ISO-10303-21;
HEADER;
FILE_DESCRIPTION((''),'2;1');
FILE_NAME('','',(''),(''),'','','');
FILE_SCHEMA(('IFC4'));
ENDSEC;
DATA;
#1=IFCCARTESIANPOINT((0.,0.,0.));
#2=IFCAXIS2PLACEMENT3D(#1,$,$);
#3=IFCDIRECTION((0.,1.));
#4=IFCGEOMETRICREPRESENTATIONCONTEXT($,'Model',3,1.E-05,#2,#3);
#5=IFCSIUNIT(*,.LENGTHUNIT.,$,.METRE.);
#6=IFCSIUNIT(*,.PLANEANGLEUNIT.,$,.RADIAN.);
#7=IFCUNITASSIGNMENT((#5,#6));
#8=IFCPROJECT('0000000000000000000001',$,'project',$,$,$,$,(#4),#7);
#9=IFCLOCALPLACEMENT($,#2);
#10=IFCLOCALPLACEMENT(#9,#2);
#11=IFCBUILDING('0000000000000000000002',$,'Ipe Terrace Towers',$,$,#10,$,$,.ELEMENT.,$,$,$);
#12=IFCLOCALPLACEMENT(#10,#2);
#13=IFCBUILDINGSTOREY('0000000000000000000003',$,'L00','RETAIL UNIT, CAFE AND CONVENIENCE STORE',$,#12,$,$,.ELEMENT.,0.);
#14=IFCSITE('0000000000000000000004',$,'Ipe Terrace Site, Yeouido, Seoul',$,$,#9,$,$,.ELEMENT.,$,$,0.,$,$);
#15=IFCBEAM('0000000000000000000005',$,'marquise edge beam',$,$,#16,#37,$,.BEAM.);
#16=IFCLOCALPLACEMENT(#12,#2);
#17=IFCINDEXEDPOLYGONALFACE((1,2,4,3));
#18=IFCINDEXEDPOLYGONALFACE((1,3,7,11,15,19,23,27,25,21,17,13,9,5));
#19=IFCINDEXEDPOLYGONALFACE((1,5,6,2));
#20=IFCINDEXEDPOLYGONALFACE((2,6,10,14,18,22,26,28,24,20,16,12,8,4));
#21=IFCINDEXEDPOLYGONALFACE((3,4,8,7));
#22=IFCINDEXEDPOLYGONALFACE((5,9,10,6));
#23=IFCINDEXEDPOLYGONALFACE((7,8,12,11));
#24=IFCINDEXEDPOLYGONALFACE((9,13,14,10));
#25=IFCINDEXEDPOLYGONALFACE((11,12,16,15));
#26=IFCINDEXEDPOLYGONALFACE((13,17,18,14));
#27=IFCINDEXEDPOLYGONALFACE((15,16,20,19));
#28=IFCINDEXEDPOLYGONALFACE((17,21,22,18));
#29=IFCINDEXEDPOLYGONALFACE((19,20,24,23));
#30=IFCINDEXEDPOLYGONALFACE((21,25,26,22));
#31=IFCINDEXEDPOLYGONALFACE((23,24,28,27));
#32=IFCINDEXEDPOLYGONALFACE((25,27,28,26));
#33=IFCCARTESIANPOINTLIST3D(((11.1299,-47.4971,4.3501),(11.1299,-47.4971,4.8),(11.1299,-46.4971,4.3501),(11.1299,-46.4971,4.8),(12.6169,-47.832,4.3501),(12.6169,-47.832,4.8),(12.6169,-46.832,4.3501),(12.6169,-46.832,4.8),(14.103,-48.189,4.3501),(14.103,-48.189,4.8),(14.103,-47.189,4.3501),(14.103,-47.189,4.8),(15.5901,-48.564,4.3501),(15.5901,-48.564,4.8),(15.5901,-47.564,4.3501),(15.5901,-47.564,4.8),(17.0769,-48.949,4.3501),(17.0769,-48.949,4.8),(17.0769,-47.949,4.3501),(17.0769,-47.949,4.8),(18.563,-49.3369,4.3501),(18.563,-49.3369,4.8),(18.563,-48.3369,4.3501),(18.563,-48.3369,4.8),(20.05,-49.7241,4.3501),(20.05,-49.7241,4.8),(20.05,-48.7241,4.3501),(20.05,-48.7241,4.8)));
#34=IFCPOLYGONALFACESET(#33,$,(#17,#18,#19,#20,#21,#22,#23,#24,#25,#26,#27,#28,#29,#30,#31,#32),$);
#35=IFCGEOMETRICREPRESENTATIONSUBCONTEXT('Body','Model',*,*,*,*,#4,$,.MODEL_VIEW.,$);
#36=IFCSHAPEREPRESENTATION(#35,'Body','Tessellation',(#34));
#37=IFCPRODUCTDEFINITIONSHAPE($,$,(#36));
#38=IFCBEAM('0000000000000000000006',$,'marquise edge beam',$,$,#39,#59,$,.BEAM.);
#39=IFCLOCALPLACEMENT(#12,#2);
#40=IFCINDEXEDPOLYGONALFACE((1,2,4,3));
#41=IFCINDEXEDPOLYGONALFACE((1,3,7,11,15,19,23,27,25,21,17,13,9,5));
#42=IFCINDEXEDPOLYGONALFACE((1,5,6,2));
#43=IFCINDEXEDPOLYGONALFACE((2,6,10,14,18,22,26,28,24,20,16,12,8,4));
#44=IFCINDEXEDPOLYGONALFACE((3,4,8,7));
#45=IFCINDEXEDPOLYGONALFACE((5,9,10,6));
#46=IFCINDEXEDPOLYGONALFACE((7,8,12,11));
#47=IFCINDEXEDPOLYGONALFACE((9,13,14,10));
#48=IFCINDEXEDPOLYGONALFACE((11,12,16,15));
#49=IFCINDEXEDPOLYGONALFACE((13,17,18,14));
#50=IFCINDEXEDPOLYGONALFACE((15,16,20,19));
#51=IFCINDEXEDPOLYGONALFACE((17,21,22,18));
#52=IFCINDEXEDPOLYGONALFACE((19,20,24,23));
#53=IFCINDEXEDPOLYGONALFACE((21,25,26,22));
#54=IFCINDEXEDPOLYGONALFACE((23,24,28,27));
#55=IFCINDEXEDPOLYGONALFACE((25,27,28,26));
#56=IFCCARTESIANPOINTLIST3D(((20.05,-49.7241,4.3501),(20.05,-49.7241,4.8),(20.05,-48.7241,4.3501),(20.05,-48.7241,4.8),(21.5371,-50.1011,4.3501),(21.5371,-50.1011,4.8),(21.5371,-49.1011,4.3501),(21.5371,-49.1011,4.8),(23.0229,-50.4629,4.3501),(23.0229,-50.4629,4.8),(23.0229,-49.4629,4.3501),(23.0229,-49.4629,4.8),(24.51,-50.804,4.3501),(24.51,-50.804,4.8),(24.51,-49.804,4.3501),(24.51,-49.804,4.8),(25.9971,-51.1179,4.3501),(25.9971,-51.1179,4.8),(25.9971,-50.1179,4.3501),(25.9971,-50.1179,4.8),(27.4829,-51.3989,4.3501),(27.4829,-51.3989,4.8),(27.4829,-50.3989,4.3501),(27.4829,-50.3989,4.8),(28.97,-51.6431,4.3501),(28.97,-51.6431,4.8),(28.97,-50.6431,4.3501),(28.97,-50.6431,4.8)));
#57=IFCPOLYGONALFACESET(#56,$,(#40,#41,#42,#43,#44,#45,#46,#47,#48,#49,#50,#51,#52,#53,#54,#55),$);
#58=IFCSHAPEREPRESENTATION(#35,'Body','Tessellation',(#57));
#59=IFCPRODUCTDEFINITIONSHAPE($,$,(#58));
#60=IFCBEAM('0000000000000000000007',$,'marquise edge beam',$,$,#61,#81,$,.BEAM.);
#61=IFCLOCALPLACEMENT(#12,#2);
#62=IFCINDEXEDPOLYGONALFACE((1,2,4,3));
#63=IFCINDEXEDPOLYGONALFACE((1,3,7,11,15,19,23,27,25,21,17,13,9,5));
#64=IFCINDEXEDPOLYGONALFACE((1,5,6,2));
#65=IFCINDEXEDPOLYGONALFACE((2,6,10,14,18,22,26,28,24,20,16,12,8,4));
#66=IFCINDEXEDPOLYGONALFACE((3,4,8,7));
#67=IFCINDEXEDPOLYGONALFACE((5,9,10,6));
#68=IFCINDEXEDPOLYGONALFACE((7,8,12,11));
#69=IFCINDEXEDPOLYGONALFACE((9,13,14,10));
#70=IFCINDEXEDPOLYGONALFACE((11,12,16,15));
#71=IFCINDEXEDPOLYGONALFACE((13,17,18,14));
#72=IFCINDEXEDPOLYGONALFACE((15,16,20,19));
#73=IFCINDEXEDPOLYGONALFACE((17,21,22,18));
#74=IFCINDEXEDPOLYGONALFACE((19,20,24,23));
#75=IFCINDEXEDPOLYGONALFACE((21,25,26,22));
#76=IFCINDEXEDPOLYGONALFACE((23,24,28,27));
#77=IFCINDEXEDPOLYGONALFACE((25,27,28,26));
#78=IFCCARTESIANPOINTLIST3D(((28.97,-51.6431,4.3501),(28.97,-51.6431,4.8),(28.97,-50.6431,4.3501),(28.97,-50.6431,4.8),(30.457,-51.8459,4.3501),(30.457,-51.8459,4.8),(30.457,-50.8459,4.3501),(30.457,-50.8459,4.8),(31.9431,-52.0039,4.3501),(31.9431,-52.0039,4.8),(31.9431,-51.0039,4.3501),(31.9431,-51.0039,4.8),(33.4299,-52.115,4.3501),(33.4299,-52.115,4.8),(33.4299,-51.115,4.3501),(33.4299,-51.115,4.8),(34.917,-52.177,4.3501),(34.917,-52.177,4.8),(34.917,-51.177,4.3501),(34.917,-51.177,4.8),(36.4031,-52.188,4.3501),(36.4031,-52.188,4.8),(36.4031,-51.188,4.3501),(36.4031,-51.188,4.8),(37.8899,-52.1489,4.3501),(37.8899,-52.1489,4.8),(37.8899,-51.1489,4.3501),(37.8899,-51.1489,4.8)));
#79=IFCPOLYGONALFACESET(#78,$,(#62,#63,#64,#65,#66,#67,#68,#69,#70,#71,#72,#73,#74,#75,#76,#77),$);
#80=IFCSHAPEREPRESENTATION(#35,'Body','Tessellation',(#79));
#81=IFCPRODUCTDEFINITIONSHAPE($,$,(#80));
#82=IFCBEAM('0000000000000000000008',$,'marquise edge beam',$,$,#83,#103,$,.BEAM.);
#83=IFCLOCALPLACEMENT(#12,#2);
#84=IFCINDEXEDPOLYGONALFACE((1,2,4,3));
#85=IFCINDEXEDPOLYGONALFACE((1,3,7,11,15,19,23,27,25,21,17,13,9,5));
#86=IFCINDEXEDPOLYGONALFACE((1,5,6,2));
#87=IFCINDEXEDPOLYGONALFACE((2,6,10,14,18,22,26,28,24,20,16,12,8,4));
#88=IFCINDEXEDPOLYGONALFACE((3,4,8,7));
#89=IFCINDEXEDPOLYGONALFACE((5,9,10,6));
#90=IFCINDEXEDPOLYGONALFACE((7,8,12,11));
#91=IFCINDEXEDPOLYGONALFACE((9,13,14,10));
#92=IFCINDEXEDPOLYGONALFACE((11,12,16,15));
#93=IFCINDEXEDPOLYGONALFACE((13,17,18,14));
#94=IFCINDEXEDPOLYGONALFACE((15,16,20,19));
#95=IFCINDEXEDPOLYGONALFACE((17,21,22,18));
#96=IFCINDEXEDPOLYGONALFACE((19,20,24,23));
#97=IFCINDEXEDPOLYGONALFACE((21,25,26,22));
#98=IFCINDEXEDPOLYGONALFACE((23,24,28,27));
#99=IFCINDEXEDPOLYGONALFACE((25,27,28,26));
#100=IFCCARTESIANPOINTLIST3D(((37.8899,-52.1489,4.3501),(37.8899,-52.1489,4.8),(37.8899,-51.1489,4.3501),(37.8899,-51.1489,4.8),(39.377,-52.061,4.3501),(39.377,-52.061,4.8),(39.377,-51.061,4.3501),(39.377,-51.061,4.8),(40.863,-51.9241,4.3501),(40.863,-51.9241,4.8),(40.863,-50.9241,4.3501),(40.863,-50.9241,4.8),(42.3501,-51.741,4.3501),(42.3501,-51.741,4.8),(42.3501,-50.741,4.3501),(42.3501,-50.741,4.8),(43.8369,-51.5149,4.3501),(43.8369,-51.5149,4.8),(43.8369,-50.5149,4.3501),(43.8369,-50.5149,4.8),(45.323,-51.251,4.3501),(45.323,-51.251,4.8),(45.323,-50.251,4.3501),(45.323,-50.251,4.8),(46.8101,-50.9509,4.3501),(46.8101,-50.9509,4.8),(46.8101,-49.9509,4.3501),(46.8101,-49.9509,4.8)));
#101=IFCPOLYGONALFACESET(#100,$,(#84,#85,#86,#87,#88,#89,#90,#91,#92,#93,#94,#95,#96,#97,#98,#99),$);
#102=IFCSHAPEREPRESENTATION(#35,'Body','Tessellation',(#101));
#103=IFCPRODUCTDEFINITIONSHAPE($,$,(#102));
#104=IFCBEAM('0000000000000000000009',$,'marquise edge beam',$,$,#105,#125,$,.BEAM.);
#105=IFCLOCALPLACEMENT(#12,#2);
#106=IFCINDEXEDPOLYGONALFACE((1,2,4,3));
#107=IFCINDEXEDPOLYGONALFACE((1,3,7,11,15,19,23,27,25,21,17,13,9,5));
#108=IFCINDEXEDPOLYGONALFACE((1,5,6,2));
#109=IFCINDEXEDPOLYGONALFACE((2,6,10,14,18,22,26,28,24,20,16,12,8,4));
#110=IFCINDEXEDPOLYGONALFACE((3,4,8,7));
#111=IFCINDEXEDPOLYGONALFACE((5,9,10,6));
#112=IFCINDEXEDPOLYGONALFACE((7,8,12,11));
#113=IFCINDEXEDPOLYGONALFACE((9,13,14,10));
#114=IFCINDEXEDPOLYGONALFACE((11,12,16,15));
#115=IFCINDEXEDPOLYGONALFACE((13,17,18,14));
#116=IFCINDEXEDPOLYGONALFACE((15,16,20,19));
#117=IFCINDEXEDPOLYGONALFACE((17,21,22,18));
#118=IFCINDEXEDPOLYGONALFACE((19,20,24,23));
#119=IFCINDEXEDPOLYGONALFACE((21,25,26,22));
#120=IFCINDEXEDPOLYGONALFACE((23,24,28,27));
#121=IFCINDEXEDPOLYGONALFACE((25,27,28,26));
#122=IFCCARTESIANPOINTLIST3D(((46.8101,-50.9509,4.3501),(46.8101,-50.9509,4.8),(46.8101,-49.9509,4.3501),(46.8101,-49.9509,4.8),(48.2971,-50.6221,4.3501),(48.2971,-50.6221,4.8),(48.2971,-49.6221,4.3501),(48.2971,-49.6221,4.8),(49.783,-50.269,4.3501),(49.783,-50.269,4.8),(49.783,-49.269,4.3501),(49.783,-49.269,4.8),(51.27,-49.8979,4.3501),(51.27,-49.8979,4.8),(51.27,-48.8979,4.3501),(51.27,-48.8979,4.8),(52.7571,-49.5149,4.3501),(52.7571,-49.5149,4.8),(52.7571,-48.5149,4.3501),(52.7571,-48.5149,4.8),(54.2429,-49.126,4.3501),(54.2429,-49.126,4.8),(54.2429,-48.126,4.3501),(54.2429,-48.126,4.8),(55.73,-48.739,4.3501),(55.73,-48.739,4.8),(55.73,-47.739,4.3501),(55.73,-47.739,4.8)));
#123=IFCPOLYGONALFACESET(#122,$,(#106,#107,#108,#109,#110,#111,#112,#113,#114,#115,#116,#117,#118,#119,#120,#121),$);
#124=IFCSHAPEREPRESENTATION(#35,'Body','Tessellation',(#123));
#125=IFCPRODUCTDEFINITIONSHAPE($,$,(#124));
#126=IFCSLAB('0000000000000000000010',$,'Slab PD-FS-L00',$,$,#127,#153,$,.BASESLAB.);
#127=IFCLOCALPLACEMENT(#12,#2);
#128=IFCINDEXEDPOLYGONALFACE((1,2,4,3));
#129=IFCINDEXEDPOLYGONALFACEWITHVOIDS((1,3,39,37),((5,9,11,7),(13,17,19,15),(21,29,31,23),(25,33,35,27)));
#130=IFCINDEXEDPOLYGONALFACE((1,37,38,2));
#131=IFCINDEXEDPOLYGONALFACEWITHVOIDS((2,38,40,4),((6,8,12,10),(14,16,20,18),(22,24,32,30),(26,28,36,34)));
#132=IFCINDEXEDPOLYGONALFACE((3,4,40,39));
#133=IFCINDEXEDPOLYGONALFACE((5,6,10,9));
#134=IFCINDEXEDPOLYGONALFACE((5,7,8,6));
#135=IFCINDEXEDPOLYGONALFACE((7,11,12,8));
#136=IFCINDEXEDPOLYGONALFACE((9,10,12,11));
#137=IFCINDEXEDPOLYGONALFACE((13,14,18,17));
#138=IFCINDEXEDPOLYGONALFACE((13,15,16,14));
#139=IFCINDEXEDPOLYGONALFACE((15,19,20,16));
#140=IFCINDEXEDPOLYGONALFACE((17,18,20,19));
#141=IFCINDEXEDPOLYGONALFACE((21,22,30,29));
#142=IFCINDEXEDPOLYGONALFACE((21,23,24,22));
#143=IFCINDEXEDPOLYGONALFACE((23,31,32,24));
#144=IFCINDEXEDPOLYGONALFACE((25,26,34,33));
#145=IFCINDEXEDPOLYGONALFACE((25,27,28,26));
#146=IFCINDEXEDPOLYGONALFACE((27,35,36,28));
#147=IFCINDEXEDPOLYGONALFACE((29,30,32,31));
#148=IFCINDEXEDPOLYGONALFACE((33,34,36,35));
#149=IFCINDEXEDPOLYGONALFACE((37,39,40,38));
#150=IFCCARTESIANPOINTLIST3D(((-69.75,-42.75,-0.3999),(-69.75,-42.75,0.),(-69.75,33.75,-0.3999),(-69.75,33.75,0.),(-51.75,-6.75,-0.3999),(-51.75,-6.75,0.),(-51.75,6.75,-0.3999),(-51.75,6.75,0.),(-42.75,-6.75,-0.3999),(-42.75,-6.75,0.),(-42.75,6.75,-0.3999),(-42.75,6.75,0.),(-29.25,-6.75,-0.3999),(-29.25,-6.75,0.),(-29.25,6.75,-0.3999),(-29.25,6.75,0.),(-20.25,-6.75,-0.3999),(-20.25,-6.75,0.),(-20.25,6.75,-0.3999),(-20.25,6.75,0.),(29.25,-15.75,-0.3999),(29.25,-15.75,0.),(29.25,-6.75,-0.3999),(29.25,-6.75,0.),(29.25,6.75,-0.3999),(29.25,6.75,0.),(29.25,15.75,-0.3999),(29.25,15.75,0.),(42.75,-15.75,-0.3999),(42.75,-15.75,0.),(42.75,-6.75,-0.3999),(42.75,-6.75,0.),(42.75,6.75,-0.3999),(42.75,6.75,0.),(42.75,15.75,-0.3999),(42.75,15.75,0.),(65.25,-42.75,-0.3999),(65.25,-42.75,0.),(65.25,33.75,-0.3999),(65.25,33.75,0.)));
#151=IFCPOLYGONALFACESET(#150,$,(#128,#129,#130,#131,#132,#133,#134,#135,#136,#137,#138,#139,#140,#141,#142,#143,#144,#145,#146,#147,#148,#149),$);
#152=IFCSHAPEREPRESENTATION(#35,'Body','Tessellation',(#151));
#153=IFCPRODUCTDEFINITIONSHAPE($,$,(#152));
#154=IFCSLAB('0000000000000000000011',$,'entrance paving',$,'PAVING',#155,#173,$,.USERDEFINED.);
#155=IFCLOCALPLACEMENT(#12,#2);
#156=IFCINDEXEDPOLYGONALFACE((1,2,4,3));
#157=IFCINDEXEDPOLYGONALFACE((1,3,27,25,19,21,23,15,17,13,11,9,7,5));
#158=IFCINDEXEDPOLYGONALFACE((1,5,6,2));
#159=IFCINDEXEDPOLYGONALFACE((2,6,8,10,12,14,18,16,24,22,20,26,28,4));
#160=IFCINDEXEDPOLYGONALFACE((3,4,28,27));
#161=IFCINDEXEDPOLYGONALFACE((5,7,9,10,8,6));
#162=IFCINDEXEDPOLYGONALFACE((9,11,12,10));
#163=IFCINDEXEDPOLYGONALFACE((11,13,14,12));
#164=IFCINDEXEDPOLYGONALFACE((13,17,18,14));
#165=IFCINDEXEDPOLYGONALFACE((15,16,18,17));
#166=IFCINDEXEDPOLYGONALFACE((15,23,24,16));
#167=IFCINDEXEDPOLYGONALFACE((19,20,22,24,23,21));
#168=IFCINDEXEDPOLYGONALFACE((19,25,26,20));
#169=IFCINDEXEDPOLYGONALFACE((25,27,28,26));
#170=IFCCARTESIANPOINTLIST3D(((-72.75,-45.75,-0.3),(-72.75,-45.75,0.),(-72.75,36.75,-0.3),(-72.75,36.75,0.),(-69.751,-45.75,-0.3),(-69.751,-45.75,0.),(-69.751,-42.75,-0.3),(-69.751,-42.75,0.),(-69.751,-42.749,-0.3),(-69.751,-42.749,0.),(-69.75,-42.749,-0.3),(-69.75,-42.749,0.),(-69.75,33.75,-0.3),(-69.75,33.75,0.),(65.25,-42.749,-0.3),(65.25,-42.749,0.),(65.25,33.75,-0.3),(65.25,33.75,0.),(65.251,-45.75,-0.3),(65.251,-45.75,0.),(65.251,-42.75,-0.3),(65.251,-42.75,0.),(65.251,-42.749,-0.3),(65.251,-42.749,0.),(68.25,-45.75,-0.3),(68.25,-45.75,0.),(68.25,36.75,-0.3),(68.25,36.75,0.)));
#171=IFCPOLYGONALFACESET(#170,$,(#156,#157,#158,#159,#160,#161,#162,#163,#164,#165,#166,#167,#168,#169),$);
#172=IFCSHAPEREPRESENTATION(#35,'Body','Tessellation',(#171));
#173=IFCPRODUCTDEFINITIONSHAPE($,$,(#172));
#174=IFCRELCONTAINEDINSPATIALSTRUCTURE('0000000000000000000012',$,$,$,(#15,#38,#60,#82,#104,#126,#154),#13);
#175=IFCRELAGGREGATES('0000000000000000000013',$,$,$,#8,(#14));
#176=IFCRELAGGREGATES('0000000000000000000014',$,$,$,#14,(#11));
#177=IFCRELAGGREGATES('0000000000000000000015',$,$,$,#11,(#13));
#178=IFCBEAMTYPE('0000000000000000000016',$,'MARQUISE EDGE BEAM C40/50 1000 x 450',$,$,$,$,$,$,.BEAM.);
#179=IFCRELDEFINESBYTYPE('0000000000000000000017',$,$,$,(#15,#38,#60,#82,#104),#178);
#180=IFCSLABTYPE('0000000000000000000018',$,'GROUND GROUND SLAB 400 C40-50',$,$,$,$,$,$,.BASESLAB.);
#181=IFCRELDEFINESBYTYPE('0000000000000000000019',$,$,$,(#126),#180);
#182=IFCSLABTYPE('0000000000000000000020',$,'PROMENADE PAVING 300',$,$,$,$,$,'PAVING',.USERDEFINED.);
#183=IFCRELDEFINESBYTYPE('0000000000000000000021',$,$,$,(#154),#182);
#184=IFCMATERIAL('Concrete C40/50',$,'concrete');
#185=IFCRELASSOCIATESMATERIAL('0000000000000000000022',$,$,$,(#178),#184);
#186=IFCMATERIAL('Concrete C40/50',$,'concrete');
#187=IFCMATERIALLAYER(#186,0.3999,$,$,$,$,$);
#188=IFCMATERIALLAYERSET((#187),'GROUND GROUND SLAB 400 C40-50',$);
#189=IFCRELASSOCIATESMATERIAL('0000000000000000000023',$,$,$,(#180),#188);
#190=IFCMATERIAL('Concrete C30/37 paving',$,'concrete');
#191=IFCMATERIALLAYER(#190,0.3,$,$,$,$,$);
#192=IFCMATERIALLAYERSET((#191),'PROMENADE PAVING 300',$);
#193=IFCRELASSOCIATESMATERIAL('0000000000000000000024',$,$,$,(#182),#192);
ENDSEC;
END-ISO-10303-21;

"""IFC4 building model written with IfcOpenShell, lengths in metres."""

from ifc_helpers import new_model, si_unit, direction, frame, origin, place, context, subcontext, project, spatial, polyline, outline, extrude, material, layer, layer_set, type_object, element, save


model = new_model("IFC4")

# Units and contexts
model_context = context("Model", 3, precision=1e-05, world=origin(), true_north=direction((0.0, 1.0)))
body_context = subcontext(model_context, "Body", "Model", "MODEL_VIEW")
ifc_project = project(units=[si_unit("LENGTHUNIT", "METRE"), si_unit("PLANEANGLEUNIT", "RADIAN")], contexts=[model_context])

# Site, building, storey
site_placement = place(None, origin())
site = spatial("IfcSite", under=ifc_project, at=site_placement, Name="Ipe Terrace Site, Yeouido, Seoul", CompositionType="ELEMENT", RefElevation=0.0)
building_placement = place(site_placement, origin())
building = spatial("IfcBuilding", under=site, at=building_placement, Name="Ipe Terrace Towers", CompositionType="ELEMENT")
storey_placement = place(building_placement, origin())
storey = spatial("IfcBuildingStorey", under=building, at=storey_placement, Name="L00", Description="RETAIL UNIT, CAFE AND CONVENIENCE STORE", CompositionType="ELEMENT", Elevation=0.0)

# Beams
ifc_material_1 = material(Name="Concrete C40/50", Category="concrete")
beam_type = type_object("IfcBeamType", Name="MARQUISE EDGE BEAM C40/50 1000 x 450", PredefinedType="BEAM", material=ifc_material_1)
beam_1_placement = place(storey_placement, frame((0.0, 0.0, 4.3501)))
element("IfcBeam", 1, at=beam_1_placement, inside=storey, type_object=beam_type, Name="marquise edge beam", PredefinedType="BEAM", context=body_context, shape_type="SweptSolid", body=[
    extrude(outline(polyline([(11.1299, -47.4971), (11.1299, -46.4971), (12.6169, -46.832), (14.103, -47.189), (15.5901, -47.564), (17.0769, -47.949), (18.563, -48.3369), (20.05, -48.7241), (20.05, -49.7241), (18.563, -49.3369), (17.0769, -48.949), (15.5901, -48.564), (14.103, -48.189), (12.6169, -47.832), (11.1299, -47.4971)])), origin(), (0.0, 0.0, 1.0), 0.45),
])
beam_2_placement = place(storey_placement, frame((0.0, 0.0, 4.3501)))
element("IfcBeam", 2, at=beam_2_placement, inside=storey, type_object=beam_type, Name="marquise edge beam", PredefinedType="BEAM", context=body_context, shape_type="SweptSolid", body=[
    extrude(outline(polyline([(20.05, -49.7241), (20.05, -48.7241), (21.5371, -49.1011), (23.0229, -49.4629), (24.51, -49.804), (25.9971, -50.1179), (27.4829, -50.3989), (28.97, -50.6431), (28.97, -51.6431), (27.4829, -51.3989), (25.9971, -51.1179), (24.51, -50.804), (23.0229, -50.4629), (21.5371, -50.1011), (20.05, -49.7241)])), origin(), (0.0, 0.0, 1.0), 0.45),
])
beam_3_placement = place(storey_placement, frame((0.0, 0.0, 4.3501)))
element("IfcBeam", 3, at=beam_3_placement, inside=storey, type_object=beam_type, Name="marquise edge beam", PredefinedType="BEAM", context=body_context, shape_type="SweptSolid", body=[
    extrude(outline(polyline([(28.97, -51.6431), (28.97, -50.6431), (30.457, -50.8459), (31.9431, -51.0039), (33.4299, -51.115), (34.917, -51.177), (36.4031, -51.188), (37.8899, -51.1489), (37.8899, -52.1489), (36.4031, -52.188), (34.917, -52.177), (33.4299, -52.115), (31.9431, -52.0039), (30.457, -51.8459), (28.97, -51.6431)])), origin(), (0.0, 0.0, 1.0), 0.45),
])
beam_4_placement = place(storey_placement, frame((0.0, 0.0, 4.3501)))
element("IfcBeam", 4, at=beam_4_placement, inside=storey, type_object=beam_type, Name="marquise edge beam", PredefinedType="BEAM", context=body_context, shape_type="SweptSolid", body=[
    extrude(outline(polyline([(37.8899, -52.1489), (37.8899, -51.1489), (39.377, -51.061), (40.863, -50.9241), (42.3501, -50.741), (43.8369, -50.5149), (45.323, -50.251), (46.8101, -49.9509), (46.8101, -50.9509), (45.323, -51.251), (43.8369, -51.5149), (42.3501, -51.741), (40.863, -51.9241), (39.377, -52.061), (37.8899, -52.1489)])), origin(), (0.0, 0.0, 1.0), 0.45),
])
beam_5_placement = place(storey_placement, frame((0.0, 0.0, 4.3501)))
element("IfcBeam", 5, at=beam_5_placement, inside=storey, type_object=beam_type, Name="marquise edge beam", PredefinedType="BEAM", context=body_context, shape_type="SweptSolid", body=[
    extrude(outline(polyline([(46.8101, -50.9509), (46.8101, -49.9509), (48.2971, -49.6221), (49.783, -49.269), (51.27, -48.8979), (52.7571, -48.5149), (54.2429, -48.126), (55.73, -47.739), (55.73, -48.739), (54.2429, -49.126), (52.7571, -49.5149), (51.27, -49.8979), (49.783, -50.269), (48.2971, -50.6221), (46.8101, -50.9509)])), origin(), (0.0, 0.0, 1.0), 0.45),
])

# Slabs
ifc_material_2 = material(Name="Concrete C40/50", Category="concrete")
ifc_layer_1 = layer(ifc_material_2, 0.3999)
ifc_layer_set_1 = layer_set([ifc_layer_1], Name="GROUND GROUND SLAB 400 C40-50")
slab_type_1 = type_object("IfcSlabType", Name="GROUND GROUND SLAB 400 C40-50", PredefinedType="BASESLAB", material=ifc_layer_set_1)
slab_1_placement = place(storey_placement, frame((0.0, 0.0, -0.3999)))
element("IfcSlab", 6, at=slab_1_placement, inside=storey, type_object=slab_type_1, Name="Slab PD-FS-L00", PredefinedType="BASESLAB", context=body_context, shape_type="SweptSolid", body=[
    extrude(outline(polyline([(65.25, -42.75), (-69.75, -42.75), (-69.75, 33.75), (65.25, 33.75), (65.25, -42.75)]), holes=[polyline([(-29.25, -6.75), (-20.25, -6.75), (-20.25, 6.75), (-29.25, 6.75), (-29.25, -6.75)]), polyline([(-51.75, 6.75), (-51.75, -6.75), (-42.75, -6.75), (-42.75, 6.75), (-51.75, 6.75)]), polyline([(42.75, 15.75), (29.25, 15.75), (29.25, 6.75), (42.75, 6.75), (42.75, 15.75)]), polyline([(42.75, -15.75), (42.75, -6.75), (29.25, -6.75), (29.25, -15.75), (42.75, -15.75)])]), origin(), (0.0, 0.0, 1.0), 0.3999),
])
ifc_material_3 = material(Name="Concrete C30/37 paving", Category="concrete")
ifc_layer_2 = layer(ifc_material_3, 0.3)
ifc_layer_set_2 = layer_set([ifc_layer_2], Name="PROMENADE PAVING 300")
slab_type_2 = type_object("IfcSlabType", Name="PROMENADE PAVING 300", ElementType="PAVING", PredefinedType="USERDEFINED", material=ifc_layer_set_2)
slab_2_placement = place(storey_placement, frame((0.0, 0.0, -0.3)))
element("IfcSlab", 7, at=slab_2_placement, inside=storey, type_object=slab_type_2, Name="entrance paving", ObjectType="PAVING", PredefinedType="USERDEFINED", context=body_context, shape_type="SweptSolid", body=[
    extrude(outline(polyline([(-72.75, 36.75), (68.25, 36.75), (68.25, -45.75), (65.251, -45.75), (65.251, -42.75), (65.251, -42.75), (65.251, -42.75), (65.251, -42.75), (65.251, -42.75), (65.251, -42.75), (65.251, -42.749), (65.251, -42.749), (65.251, -42.749), (65.251, -42.749), (65.251, -42.749), (65.25, -42.749), (65.25, -42.749), (65.25, -42.749), (65.25, -42.749), (65.25, -42.749), (65.25, -42.749), (65.25, 33.75), (-69.75, 33.75), (-69.75, -42.749), (-69.75, -42.749), (-69.75, -42.749), (-69.75, -42.749), (-69.75, -42.749), (-69.75, -42.749), (-69.751, -42.749), (-69.751, -42.749), (-69.751, -42.749), (-69.751, -42.749), (-69.751, -42.749), (-69.751, -42.75), (-69.751, -42.75), (-69.751, -42.75), (-69.751, -42.75), (-69.751, -42.75), (-69.751, -42.75), (-69.751, -45.75), (-72.75, -45.75), (-72.75, 36.75)])), origin(), (0.0, 0.0, 1.0), 0.3),
])

save(model, "model.ifc")
